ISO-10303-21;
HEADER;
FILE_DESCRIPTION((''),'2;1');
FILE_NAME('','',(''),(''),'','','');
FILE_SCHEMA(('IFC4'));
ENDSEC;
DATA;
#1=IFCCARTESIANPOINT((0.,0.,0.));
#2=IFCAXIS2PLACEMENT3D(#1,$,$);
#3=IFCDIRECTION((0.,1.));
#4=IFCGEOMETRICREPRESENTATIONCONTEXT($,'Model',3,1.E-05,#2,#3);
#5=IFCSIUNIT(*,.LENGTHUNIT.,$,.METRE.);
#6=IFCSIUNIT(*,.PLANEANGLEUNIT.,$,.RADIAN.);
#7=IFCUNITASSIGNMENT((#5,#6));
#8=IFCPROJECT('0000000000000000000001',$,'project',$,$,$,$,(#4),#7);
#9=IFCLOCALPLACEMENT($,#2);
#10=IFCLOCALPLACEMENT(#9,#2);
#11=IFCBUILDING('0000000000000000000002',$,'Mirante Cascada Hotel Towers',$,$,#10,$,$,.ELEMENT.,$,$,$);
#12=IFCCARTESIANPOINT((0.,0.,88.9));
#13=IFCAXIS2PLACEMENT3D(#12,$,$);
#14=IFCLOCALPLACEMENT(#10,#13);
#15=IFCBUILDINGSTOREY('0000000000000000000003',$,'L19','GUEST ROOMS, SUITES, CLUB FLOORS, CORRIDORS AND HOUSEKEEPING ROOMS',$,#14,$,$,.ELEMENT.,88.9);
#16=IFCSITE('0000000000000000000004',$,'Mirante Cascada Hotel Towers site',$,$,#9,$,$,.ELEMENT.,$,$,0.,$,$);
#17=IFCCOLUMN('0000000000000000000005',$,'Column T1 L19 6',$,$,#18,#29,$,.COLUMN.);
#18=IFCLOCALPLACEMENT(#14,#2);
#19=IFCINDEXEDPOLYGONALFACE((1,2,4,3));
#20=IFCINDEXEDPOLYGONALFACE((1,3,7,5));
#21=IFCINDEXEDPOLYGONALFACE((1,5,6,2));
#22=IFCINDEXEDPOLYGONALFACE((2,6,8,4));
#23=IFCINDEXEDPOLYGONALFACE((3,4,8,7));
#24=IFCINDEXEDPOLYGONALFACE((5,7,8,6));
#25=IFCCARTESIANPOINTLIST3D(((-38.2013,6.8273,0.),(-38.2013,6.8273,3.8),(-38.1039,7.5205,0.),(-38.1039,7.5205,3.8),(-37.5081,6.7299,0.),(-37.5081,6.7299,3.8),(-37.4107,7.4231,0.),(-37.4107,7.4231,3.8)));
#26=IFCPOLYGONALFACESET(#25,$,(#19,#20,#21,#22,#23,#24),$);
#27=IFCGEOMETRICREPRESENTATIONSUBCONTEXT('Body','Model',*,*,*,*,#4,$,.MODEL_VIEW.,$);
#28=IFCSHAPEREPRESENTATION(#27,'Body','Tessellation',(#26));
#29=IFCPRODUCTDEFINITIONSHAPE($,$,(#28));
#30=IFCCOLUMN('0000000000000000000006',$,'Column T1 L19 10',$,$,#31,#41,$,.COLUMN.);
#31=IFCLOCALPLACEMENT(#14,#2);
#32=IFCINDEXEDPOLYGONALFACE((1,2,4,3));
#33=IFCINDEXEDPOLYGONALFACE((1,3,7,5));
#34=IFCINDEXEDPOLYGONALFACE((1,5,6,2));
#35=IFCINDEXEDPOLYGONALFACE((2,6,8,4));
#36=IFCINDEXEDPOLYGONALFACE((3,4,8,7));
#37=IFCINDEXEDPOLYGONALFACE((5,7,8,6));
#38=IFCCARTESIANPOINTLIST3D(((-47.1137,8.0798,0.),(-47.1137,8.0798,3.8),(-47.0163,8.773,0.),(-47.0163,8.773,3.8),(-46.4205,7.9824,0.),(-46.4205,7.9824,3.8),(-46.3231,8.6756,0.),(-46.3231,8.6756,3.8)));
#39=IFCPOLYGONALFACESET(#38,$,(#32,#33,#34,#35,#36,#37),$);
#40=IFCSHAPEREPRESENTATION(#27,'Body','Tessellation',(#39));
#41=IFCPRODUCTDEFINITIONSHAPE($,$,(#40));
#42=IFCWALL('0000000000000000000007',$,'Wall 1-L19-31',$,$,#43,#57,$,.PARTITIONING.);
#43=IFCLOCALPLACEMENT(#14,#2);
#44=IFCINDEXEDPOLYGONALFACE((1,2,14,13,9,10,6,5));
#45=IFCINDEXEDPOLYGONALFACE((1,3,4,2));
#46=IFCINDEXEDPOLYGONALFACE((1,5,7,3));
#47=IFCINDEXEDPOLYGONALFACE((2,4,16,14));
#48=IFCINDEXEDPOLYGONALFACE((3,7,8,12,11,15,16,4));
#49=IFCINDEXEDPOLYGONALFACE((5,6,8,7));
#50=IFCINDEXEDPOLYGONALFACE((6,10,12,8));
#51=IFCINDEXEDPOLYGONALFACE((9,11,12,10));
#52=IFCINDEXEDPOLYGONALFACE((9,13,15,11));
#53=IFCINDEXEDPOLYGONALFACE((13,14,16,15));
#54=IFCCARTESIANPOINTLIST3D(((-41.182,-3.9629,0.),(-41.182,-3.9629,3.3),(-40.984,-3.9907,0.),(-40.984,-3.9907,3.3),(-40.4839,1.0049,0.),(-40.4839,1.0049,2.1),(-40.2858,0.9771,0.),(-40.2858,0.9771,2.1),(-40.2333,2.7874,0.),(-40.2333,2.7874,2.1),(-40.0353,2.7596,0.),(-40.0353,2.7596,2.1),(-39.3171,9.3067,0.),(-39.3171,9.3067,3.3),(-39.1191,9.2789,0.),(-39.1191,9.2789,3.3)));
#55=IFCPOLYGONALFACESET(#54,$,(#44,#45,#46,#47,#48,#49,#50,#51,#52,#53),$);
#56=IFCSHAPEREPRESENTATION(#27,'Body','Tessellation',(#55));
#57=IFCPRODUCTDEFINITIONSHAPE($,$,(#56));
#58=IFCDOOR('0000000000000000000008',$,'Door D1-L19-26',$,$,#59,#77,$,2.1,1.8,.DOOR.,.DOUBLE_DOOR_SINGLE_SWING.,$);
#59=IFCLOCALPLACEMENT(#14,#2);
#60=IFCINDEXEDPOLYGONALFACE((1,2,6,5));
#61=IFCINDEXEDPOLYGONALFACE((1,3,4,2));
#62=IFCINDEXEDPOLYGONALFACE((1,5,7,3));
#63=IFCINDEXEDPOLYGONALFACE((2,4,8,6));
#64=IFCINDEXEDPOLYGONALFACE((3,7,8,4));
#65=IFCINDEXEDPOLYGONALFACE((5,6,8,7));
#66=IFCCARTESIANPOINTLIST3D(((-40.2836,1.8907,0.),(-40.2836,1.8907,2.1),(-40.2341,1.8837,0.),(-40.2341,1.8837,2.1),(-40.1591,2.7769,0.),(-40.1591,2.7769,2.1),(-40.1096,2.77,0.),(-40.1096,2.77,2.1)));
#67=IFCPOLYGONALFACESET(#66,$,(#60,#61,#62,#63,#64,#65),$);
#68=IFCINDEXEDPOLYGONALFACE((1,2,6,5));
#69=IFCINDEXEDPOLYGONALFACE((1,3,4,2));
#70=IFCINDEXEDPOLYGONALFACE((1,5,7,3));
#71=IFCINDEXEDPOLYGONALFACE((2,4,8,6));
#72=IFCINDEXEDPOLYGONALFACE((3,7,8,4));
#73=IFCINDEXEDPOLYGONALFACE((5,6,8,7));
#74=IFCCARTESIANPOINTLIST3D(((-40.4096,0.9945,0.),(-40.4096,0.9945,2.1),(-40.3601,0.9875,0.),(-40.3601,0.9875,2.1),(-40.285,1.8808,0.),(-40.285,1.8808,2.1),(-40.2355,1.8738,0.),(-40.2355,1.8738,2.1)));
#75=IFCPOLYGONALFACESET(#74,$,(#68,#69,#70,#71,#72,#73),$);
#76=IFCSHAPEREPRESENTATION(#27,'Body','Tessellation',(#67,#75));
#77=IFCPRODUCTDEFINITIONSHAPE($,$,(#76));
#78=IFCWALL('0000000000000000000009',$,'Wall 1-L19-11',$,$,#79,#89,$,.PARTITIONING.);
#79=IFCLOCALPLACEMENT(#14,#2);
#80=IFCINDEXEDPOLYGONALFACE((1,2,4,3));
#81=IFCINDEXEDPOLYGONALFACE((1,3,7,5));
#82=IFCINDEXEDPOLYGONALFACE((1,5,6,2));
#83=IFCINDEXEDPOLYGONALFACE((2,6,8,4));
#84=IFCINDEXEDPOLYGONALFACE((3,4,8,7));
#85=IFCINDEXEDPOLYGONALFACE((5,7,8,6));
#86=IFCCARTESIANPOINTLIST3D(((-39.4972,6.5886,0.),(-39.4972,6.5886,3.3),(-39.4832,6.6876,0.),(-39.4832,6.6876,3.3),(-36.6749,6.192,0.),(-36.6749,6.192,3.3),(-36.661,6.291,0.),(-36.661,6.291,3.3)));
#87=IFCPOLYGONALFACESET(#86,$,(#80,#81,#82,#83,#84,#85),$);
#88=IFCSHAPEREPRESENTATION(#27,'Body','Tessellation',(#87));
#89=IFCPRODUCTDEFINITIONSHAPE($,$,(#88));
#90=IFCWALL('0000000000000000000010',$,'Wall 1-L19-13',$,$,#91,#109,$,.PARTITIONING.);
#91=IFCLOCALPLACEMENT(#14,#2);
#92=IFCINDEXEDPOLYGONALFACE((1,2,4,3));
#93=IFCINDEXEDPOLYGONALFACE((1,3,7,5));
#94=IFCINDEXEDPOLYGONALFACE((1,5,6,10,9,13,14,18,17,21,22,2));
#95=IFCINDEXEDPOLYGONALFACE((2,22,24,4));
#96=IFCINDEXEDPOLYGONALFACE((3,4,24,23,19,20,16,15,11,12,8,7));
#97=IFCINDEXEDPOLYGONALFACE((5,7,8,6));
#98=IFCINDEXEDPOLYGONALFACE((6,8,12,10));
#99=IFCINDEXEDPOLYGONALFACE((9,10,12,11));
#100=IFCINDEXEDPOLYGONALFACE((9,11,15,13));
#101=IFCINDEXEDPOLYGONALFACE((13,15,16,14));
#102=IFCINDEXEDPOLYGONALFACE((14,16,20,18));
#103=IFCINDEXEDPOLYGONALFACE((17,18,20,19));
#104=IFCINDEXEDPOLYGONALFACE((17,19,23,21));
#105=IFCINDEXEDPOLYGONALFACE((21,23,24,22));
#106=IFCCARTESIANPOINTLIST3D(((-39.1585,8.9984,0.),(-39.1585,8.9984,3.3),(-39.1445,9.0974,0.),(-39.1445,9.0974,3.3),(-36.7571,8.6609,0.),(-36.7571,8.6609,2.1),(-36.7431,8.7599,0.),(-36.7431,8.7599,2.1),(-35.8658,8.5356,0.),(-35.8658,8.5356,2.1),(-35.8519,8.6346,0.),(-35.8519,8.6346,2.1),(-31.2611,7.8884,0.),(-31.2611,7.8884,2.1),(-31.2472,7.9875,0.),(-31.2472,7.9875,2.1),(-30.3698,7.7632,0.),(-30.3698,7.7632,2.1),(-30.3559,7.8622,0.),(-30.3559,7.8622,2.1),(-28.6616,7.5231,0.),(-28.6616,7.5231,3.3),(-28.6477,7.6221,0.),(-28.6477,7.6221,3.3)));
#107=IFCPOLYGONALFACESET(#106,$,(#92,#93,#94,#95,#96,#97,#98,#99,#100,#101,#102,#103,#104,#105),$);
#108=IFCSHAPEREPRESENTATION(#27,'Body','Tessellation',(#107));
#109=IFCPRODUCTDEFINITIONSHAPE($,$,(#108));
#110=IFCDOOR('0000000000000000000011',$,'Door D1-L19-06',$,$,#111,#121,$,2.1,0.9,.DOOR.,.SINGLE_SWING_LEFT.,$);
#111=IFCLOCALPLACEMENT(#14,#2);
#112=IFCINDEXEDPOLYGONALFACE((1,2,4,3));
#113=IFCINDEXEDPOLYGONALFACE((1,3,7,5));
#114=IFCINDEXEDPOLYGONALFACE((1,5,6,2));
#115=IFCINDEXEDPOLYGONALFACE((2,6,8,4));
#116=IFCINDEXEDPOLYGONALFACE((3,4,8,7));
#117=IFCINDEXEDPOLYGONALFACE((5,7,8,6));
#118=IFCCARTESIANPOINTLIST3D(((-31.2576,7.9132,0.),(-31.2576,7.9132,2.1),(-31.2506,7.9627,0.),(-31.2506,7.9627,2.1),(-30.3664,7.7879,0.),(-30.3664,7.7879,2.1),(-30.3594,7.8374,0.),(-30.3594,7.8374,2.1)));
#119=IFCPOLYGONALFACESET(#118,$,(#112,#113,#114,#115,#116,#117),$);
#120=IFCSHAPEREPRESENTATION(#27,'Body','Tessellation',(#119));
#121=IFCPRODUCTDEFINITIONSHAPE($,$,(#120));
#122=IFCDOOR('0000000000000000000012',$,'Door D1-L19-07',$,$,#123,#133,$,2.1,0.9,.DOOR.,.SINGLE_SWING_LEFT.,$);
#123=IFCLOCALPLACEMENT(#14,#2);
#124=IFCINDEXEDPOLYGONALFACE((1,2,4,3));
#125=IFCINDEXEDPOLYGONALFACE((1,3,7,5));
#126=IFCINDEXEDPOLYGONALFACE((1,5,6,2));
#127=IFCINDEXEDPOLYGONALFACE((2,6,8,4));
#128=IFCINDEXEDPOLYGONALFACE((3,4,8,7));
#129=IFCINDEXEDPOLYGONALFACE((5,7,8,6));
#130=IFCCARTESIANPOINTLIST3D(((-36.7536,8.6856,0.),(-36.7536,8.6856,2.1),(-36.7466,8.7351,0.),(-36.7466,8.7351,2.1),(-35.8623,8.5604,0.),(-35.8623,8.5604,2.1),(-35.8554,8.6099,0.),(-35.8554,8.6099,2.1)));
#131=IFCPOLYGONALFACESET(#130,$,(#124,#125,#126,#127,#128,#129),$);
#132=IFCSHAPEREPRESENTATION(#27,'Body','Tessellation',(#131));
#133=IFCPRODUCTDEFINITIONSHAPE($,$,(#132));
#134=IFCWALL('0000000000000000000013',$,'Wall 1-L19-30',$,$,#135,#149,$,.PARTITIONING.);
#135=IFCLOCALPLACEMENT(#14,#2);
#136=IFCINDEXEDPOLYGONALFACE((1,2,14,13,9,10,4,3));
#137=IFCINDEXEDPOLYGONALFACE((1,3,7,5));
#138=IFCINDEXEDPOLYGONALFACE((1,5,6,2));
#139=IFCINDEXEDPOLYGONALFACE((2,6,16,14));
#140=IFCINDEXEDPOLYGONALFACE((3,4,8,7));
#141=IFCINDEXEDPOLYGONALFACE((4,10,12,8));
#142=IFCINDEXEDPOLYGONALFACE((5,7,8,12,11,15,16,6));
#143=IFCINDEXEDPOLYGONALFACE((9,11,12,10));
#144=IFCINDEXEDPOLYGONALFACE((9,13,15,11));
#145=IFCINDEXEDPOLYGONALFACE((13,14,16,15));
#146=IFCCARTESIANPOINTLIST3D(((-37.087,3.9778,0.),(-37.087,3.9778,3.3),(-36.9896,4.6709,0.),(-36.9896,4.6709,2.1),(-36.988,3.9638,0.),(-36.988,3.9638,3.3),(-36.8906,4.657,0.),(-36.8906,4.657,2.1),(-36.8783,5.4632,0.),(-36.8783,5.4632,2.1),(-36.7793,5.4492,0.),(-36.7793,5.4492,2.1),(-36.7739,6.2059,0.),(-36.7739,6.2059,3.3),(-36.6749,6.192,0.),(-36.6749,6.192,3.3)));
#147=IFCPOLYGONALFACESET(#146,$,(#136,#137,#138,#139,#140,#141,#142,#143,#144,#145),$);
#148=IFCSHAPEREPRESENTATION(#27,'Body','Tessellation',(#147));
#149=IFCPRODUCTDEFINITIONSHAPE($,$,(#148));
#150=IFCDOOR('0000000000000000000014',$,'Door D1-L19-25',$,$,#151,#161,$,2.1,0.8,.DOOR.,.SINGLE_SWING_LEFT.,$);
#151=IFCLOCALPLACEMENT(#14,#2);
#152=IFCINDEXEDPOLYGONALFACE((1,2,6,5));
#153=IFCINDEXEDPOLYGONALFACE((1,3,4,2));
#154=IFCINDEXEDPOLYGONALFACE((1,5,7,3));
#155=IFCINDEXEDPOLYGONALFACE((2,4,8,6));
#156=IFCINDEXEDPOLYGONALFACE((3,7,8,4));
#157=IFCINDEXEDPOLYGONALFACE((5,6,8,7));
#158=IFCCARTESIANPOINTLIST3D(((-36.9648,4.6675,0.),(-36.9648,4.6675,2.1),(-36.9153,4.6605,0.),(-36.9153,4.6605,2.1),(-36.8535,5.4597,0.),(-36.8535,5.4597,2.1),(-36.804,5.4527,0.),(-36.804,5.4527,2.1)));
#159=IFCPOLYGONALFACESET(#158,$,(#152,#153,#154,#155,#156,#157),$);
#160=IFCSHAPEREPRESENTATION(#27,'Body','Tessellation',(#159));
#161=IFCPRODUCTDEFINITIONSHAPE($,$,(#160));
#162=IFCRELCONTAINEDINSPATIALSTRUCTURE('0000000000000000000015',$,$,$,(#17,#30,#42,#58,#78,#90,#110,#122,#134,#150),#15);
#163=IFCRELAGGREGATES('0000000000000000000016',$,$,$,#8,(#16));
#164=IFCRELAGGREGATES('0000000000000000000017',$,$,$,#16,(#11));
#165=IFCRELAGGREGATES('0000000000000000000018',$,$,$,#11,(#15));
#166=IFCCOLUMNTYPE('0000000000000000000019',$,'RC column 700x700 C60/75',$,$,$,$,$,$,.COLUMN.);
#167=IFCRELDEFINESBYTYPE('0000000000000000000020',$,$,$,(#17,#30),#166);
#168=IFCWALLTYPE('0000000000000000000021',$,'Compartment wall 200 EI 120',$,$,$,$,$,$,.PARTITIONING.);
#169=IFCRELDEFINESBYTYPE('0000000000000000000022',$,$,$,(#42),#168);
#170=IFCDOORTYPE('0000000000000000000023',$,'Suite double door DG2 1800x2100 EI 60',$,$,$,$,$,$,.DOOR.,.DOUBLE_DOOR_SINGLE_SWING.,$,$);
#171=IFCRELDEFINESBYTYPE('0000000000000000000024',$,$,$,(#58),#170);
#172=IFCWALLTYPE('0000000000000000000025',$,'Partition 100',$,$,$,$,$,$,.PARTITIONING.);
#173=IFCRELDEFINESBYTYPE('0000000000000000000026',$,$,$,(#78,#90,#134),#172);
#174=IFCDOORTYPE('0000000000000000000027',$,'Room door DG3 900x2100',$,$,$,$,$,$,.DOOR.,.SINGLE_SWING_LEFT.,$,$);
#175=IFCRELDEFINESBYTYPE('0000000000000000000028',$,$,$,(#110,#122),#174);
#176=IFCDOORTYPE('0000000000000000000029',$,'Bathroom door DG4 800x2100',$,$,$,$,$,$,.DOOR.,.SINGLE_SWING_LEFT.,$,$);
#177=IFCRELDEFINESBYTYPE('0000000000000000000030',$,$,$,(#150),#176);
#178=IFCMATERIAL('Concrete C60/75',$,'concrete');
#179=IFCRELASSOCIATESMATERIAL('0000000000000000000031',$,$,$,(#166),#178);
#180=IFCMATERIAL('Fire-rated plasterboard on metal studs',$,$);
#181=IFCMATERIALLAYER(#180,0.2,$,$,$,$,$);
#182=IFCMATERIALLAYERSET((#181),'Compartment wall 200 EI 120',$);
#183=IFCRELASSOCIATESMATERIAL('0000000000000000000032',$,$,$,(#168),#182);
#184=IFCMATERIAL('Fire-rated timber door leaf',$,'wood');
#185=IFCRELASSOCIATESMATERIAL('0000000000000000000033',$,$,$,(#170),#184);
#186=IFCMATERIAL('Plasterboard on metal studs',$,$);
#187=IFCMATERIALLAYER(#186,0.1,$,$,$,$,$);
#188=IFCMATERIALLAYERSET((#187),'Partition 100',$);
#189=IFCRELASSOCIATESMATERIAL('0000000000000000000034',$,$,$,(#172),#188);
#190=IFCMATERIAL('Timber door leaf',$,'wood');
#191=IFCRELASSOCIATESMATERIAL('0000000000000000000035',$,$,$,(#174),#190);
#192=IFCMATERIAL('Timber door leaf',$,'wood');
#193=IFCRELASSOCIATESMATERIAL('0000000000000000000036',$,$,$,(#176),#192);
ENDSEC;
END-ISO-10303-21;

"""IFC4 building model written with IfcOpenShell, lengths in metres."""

from ifc_helpers import new_model, si_unit, direction, frame, frame_2d, origin, origin_2d, place, context, subcontext, project, spatial, rectangle, extrude, material, layer, layer_set, material_profile, profile_set, type_object, element, fill, save


model = new_model("IFC4")

# Units and contexts
model_context = context("Model", 3, precision=1e-05, world=origin(), true_north=direction((0.0, 1.0)))
body_context = subcontext(model_context, "Body", "Model", "MODEL_VIEW")
ifc_project = project(units=[si_unit("LENGTHUNIT", "METRE"), si_unit("PLANEANGLEUNIT", "RADIAN")], contexts=[model_context])

# Site, building, storey
site_placement = place(None, origin())
site = spatial("IfcSite", under=ifc_project, at=site_placement, Name="Mirante Cascada Hotel Towers site", CompositionType="ELEMENT", RefElevation=0.0)
building_placement = place(site_placement, origin())
building = spatial("IfcBuilding", under=site, at=building_placement, Name="Mirante Cascada Hotel Towers", CompositionType="ELEMENT")
storey_placement = place(building_placement, frame((0.0, 0.0, 88.9)))
storey = spatial("IfcBuildingStorey", under=building, at=storey_placement, Name="L19", Description="GUEST ROOMS, SUITES, CLUB FLOORS, CORRIDORS AND HOUSEKEEPING ROOMS", CompositionType="ELEMENT", Elevation=88.9)

# Columns
ifc_material_1 = material(Name="Concrete C60/75", Category="concrete")
ifc_material_profile = material_profile(ifc_material_1, rectangle(XDim=0.7, YDim=0.7, at=origin_2d()), Name="RC column 700x700 C60/75")
ifc_profile_set = profile_set([ifc_material_profile], Name="Concrete C60/75")
column_type = type_object("IfcColumnType", Name="RC column 700x700 C60/75", PredefinedType="COLUMN", material=ifc_profile_set)
for number, where, z_axis, x_axis, name in (
    (1, (-37.806, 7.1252, 0.0), (0.0, 0.0, 1.0), (-0.990268, 0.139173, 0.0), "Column T1 L19 6"),
    (2, (-46.7184, 8.3777, 0.0), (0.0, 0.0, 1.0), (-0.990268, 0.139173, 0.0), "Column T1 L19 10"),
):
    element("IfcColumn", number, at=place(storey_placement, frame(where, z_axis=z_axis, x_axis=x_axis)), inside=storey, type_object=column_type, Name=name, PredefinedType="COLUMN", context=body_context, shape_type="SweptSolid", body=[
        extrude(rectangle(XDim=0.7, YDim=0.7, at=origin_2d()), origin(), (0.0, 0.0, 1.0), 3.8),
    ])

# Shared definitions
ifc_material_2 = material(Name="Fire-rated plasterboard on metal studs")
ifc_layer_1 = layer(ifc_material_2, 0.2)
ifc_layer_set_1 = layer_set([ifc_layer_1], Name="Compartment wall 200 EI 120")
wall_type_1 = type_object("IfcWallType", Name="Compartment wall 200 EI 120", PredefinedType="PARTITIONING", material=ifc_layer_set_1)

# Wall, opening, door
wall_1_placement = place(storey_placement, frame((-39.2181, 9.2928, 0.0), z_axis=(0.0, 0.0, 1.0), x_axis=(-0.139172, -0.990268, 0.0)))
wall_1 = element("IfcWall", 3, at=wall_1_placement, inside=storey, type_object=wall_type_1, Name="Wall 1-L19-31", PredefinedType="PARTITIONING", context=body_context, shape_type="SweptSolid", body=[
    extrude(rectangle(XDim=13.4, YDim=0.2, at=frame_2d((6.7, 0.0))), origin(), (0.0, 0.0, 1.0), 3.3),
])
opening_1_placement = place(wall_1_placement, frame((6.5834, 0.0, 0.0)))
opening_1 = element("IfcOpeningElement", 4, at=opening_1_placement, cuts=wall_1, PredefinedType="OPENING", context=body_context, shape_type="SweptSolid", body=[
    extrude(rectangle(XDim=1.8, YDim=2.1, at=frame_2d((0.9, 1.05))), frame((0.0, 0.1, 0.0), z_axis=(0.0, -1.0, 0.0), x_axis=(1.0, 0.0, 0.0)), (0.0, 0.0, 1.0), 0.2),
])
ifc_material_3 = material(Name="Fire-rated timber door leaf", Category="wood")
door_type_1 = type_object("IfcDoorType", Name="Suite double door DG2 1800x2100 EI 60", OperationType="DOUBLE_DOOR_SINGLE_SWING", PredefinedType="DOOR", material=ifc_material_3)
door_1_placement = place(opening_1_placement, origin())
door_1 = element("IfcDoor", 5, at=door_1_placement, inside=storey, type_object=door_type_1, Name="Door D1-L19-26", OperationType="DOUBLE_DOOR_SINGLE_SWING", OverallHeight=2.1, OverallWidth=1.8, PredefinedType="DOOR", context=body_context, shape_type="SweptSolid", body=[
    extrude(rectangle(XDim=0.895, YDim=2.1, at=frame_2d((0.4475, 1.05))), frame((0.0, 0.025, 0.0), z_axis=(0.0, -1.0, 0.0), x_axis=(1.0, 0.0, 0.0)), (0.0, 0.0, 1.0), 0.05),
    extrude(rectangle(XDim=0.895, YDim=2.1, at=frame_2d((1.3525, 1.05))), frame((0.0, 0.025, 0.0), z_axis=(0.0, -1.0, 0.0), x_axis=(1.0, 0.0, 0.0)), (0.0, 0.0, 1.0), 0.05),
])
fill(opening_1, door_1)

# Wall
ifc_material_4 = material(Name="Plasterboard on metal studs")
ifc_layer_2 = layer(ifc_material_4, 0.1)
ifc_layer_set_2 = layer_set([ifc_layer_2], Name="Partition 100")
wall_type_2 = type_object("IfcWallType", Name="Partition 100", PredefinedType="PARTITIONING", material=ifc_layer_set_2)
wall_2_placement = place(storey_placement, frame((-39.4902, 6.6381, 0.0), z_axis=(0.0, 0.0, 1.0), x_axis=(0.99027, -0.139156, 0.0)))
element("IfcWall", 6, at=wall_2_placement, inside=storey, type_object=wall_type_2, Name="Wall 1-L19-11", PredefinedType="PARTITIONING", context=body_context, shape_type="SweptSolid", body=[
    extrude(rectangle(XDim=2.85, YDim=0.1, at=frame_2d((1.425, 0.0))), origin(), (0.0, 0.0, 1.0), 3.3),
])

# Wall, openings, doors
wall_3_placement = place(storey_placement, frame((-39.1515, 9.0479, 0.0), z_axis=(0.0, 0.0, 1.0), x_axis=(0.990267, -0.13918, 0.0)))
wall_3 = element("IfcWall", 7, at=wall_3_placement, inside=storey, type_object=wall_type_2, Name="Wall 1-L19-13", PredefinedType="PARTITIONING", context=body_context, shape_type="SweptSolid", body=[
    extrude(rectangle(XDim=10.6, YDim=0.1, at=frame_2d((5.3, 0.0))), origin(), (0.0, 0.0, 1.0), 3.3),
])
opening_2_placement = place(wall_3_placement, frame((7.975, 0.0, 0.0)))
opening_2 = element("IfcOpeningElement", 8, at=opening_2_placement, cuts=wall_3, PredefinedType="OPENING", context=body_context, shape_type="SweptSolid", body=[
    extrude(rectangle(XDim=0.9, YDim=2.1, at=frame_2d((0.45, 1.05))), frame((0.0, 0.05, 0.0), z_axis=(0.0, -1.0, 0.0), x_axis=(1.0, 0.0, 0.0)), (0.0, 0.0, 1.0), 0.1),
])
opening_3_placement = place(wall_3_placement, frame((2.425, 0.0, 0.0)))
opening_3 = element("IfcOpeningElement", 9, at=opening_3_placement, cuts=wall_3, PredefinedType="OPENING", context=body_context, shape_type="SweptSolid", body=[
    extrude(rectangle(XDim=0.9, YDim=2.1, at=frame_2d((0.45, 1.05))), frame((0.0, 0.05, 0.0), z_axis=(0.0, -1.0, 0.0), x_axis=(1.0, 0.0, 0.0)), (0.0, 0.0, 1.0), 0.1),
])
ifc_material_5 = material(Name="Timber door leaf", Category="wood")
door_type_2 = type_object("IfcDoorType", Name="Room door DG3 900x2100", OperationType="SINGLE_SWING_LEFT", PredefinedType="DOOR", material=ifc_material_5)
door_2_placement = place(opening_2_placement, origin())
door_2 = element("IfcDoor", 10, at=door_2_placement, inside=storey, type_object=door_type_2, Name="Door D1-L19-06", OperationType="SINGLE_SWING_LEFT", OverallHeight=2.1, OverallWidth=0.9, PredefinedType="DOOR", context=body_context, shape_type="SweptSolid", body=[
    extrude(rectangle(XDim=0.9, YDim=2.1, at=frame_2d((0.45, 1.05))), frame((0.0, 0.025, 0.0), z_axis=(0.0, -1.0, 0.0), x_axis=(1.0, 0.0, 0.0)), (0.0, 0.0, 1.0), 0.05),
])
fill(opening_2, door_2)
door_3_placement = place(opening_3_placement, origin())
door_3 = element("IfcDoor", 11, at=door_3_placement, inside=storey, type_object=door_type_2, Name="Door D1-L19-07", OperationType="SINGLE_SWING_LEFT", OverallHeight=2.1, OverallWidth=0.9, PredefinedType="DOOR", context=body_context, shape_type="SweptSolid", body=[
    extrude(rectangle(XDim=0.9, YDim=2.1, at=frame_2d((0.45, 1.05))), frame((0.0, 0.025, 0.0), z_axis=(0.0, -1.0, 0.0), x_axis=(1.0, 0.0, 0.0)), (0.0, 0.0, 1.0), 0.05),
])
fill(opening_3, door_3)

# Wall, opening, door
wall_4_placement = place(storey_placement, frame((-37.0375, 3.9708, 0.0), z_axis=(0.0, 0.0, 1.0), x_axis=(0.139156, 0.990271, 0.0)))
wall_4 = element("IfcWall", 12, at=wall_4_placement, inside=storey, type_object=wall_type_2, Name="Wall 1-L19-30", PredefinedType="PARTITIONING", context=body_context, shape_type="SweptSolid", body=[
    extrude(rectangle(XDim=2.25, YDim=0.1, at=frame_2d((1.125, 0.0))), origin(), (0.0, 0.0, 1.0), 3.3),
])
opening_4_placement = place(wall_4_placement, frame((0.7, 0.0, 0.0)))
opening_4 = element("IfcOpeningElement", 13, at=opening_4_placement, cuts=wall_4, PredefinedType="OPENING", context=body_context, shape_type="SweptSolid", body=[
    extrude(rectangle(XDim=0.8, YDim=2.1, at=frame_2d((0.4, 1.05))), frame((0.0, 0.05, 0.0), z_axis=(0.0, -1.0, 0.0), x_axis=(1.0, 0.0, 0.0)), (0.0, 0.0, 1.0), 0.1),
])
ifc_material_6 = material(Name="Timber door leaf", Category="wood")
door_type_3 = type_object("IfcDoorType", Name="Bathroom door DG4 800x2100", OperationType="SINGLE_SWING_LEFT", PredefinedType="DOOR", material=ifc_material_6)
door_4_placement = place(opening_4_placement, origin())
door_4 = element("IfcDoor", 14, at=door_4_placement, inside=storey, type_object=door_type_3, Name="Door D1-L19-25", OperationType="SINGLE_SWING_LEFT", OverallHeight=2.1, OverallWidth=0.8, PredefinedType="DOOR", context=body_context, shape_type="SweptSolid", body=[
    extrude(rectangle(XDim=0.8, YDim=2.1, at=frame_2d((0.4, 1.05))), frame((0.0, 0.025, 0.0), z_axis=(0.0, -1.0, 0.0), x_axis=(1.0, 0.0, 0.0)), (0.0, 0.0, 1.0), 0.05),
])
fill(opening_4, door_4)

save(model, "model.ifc")
